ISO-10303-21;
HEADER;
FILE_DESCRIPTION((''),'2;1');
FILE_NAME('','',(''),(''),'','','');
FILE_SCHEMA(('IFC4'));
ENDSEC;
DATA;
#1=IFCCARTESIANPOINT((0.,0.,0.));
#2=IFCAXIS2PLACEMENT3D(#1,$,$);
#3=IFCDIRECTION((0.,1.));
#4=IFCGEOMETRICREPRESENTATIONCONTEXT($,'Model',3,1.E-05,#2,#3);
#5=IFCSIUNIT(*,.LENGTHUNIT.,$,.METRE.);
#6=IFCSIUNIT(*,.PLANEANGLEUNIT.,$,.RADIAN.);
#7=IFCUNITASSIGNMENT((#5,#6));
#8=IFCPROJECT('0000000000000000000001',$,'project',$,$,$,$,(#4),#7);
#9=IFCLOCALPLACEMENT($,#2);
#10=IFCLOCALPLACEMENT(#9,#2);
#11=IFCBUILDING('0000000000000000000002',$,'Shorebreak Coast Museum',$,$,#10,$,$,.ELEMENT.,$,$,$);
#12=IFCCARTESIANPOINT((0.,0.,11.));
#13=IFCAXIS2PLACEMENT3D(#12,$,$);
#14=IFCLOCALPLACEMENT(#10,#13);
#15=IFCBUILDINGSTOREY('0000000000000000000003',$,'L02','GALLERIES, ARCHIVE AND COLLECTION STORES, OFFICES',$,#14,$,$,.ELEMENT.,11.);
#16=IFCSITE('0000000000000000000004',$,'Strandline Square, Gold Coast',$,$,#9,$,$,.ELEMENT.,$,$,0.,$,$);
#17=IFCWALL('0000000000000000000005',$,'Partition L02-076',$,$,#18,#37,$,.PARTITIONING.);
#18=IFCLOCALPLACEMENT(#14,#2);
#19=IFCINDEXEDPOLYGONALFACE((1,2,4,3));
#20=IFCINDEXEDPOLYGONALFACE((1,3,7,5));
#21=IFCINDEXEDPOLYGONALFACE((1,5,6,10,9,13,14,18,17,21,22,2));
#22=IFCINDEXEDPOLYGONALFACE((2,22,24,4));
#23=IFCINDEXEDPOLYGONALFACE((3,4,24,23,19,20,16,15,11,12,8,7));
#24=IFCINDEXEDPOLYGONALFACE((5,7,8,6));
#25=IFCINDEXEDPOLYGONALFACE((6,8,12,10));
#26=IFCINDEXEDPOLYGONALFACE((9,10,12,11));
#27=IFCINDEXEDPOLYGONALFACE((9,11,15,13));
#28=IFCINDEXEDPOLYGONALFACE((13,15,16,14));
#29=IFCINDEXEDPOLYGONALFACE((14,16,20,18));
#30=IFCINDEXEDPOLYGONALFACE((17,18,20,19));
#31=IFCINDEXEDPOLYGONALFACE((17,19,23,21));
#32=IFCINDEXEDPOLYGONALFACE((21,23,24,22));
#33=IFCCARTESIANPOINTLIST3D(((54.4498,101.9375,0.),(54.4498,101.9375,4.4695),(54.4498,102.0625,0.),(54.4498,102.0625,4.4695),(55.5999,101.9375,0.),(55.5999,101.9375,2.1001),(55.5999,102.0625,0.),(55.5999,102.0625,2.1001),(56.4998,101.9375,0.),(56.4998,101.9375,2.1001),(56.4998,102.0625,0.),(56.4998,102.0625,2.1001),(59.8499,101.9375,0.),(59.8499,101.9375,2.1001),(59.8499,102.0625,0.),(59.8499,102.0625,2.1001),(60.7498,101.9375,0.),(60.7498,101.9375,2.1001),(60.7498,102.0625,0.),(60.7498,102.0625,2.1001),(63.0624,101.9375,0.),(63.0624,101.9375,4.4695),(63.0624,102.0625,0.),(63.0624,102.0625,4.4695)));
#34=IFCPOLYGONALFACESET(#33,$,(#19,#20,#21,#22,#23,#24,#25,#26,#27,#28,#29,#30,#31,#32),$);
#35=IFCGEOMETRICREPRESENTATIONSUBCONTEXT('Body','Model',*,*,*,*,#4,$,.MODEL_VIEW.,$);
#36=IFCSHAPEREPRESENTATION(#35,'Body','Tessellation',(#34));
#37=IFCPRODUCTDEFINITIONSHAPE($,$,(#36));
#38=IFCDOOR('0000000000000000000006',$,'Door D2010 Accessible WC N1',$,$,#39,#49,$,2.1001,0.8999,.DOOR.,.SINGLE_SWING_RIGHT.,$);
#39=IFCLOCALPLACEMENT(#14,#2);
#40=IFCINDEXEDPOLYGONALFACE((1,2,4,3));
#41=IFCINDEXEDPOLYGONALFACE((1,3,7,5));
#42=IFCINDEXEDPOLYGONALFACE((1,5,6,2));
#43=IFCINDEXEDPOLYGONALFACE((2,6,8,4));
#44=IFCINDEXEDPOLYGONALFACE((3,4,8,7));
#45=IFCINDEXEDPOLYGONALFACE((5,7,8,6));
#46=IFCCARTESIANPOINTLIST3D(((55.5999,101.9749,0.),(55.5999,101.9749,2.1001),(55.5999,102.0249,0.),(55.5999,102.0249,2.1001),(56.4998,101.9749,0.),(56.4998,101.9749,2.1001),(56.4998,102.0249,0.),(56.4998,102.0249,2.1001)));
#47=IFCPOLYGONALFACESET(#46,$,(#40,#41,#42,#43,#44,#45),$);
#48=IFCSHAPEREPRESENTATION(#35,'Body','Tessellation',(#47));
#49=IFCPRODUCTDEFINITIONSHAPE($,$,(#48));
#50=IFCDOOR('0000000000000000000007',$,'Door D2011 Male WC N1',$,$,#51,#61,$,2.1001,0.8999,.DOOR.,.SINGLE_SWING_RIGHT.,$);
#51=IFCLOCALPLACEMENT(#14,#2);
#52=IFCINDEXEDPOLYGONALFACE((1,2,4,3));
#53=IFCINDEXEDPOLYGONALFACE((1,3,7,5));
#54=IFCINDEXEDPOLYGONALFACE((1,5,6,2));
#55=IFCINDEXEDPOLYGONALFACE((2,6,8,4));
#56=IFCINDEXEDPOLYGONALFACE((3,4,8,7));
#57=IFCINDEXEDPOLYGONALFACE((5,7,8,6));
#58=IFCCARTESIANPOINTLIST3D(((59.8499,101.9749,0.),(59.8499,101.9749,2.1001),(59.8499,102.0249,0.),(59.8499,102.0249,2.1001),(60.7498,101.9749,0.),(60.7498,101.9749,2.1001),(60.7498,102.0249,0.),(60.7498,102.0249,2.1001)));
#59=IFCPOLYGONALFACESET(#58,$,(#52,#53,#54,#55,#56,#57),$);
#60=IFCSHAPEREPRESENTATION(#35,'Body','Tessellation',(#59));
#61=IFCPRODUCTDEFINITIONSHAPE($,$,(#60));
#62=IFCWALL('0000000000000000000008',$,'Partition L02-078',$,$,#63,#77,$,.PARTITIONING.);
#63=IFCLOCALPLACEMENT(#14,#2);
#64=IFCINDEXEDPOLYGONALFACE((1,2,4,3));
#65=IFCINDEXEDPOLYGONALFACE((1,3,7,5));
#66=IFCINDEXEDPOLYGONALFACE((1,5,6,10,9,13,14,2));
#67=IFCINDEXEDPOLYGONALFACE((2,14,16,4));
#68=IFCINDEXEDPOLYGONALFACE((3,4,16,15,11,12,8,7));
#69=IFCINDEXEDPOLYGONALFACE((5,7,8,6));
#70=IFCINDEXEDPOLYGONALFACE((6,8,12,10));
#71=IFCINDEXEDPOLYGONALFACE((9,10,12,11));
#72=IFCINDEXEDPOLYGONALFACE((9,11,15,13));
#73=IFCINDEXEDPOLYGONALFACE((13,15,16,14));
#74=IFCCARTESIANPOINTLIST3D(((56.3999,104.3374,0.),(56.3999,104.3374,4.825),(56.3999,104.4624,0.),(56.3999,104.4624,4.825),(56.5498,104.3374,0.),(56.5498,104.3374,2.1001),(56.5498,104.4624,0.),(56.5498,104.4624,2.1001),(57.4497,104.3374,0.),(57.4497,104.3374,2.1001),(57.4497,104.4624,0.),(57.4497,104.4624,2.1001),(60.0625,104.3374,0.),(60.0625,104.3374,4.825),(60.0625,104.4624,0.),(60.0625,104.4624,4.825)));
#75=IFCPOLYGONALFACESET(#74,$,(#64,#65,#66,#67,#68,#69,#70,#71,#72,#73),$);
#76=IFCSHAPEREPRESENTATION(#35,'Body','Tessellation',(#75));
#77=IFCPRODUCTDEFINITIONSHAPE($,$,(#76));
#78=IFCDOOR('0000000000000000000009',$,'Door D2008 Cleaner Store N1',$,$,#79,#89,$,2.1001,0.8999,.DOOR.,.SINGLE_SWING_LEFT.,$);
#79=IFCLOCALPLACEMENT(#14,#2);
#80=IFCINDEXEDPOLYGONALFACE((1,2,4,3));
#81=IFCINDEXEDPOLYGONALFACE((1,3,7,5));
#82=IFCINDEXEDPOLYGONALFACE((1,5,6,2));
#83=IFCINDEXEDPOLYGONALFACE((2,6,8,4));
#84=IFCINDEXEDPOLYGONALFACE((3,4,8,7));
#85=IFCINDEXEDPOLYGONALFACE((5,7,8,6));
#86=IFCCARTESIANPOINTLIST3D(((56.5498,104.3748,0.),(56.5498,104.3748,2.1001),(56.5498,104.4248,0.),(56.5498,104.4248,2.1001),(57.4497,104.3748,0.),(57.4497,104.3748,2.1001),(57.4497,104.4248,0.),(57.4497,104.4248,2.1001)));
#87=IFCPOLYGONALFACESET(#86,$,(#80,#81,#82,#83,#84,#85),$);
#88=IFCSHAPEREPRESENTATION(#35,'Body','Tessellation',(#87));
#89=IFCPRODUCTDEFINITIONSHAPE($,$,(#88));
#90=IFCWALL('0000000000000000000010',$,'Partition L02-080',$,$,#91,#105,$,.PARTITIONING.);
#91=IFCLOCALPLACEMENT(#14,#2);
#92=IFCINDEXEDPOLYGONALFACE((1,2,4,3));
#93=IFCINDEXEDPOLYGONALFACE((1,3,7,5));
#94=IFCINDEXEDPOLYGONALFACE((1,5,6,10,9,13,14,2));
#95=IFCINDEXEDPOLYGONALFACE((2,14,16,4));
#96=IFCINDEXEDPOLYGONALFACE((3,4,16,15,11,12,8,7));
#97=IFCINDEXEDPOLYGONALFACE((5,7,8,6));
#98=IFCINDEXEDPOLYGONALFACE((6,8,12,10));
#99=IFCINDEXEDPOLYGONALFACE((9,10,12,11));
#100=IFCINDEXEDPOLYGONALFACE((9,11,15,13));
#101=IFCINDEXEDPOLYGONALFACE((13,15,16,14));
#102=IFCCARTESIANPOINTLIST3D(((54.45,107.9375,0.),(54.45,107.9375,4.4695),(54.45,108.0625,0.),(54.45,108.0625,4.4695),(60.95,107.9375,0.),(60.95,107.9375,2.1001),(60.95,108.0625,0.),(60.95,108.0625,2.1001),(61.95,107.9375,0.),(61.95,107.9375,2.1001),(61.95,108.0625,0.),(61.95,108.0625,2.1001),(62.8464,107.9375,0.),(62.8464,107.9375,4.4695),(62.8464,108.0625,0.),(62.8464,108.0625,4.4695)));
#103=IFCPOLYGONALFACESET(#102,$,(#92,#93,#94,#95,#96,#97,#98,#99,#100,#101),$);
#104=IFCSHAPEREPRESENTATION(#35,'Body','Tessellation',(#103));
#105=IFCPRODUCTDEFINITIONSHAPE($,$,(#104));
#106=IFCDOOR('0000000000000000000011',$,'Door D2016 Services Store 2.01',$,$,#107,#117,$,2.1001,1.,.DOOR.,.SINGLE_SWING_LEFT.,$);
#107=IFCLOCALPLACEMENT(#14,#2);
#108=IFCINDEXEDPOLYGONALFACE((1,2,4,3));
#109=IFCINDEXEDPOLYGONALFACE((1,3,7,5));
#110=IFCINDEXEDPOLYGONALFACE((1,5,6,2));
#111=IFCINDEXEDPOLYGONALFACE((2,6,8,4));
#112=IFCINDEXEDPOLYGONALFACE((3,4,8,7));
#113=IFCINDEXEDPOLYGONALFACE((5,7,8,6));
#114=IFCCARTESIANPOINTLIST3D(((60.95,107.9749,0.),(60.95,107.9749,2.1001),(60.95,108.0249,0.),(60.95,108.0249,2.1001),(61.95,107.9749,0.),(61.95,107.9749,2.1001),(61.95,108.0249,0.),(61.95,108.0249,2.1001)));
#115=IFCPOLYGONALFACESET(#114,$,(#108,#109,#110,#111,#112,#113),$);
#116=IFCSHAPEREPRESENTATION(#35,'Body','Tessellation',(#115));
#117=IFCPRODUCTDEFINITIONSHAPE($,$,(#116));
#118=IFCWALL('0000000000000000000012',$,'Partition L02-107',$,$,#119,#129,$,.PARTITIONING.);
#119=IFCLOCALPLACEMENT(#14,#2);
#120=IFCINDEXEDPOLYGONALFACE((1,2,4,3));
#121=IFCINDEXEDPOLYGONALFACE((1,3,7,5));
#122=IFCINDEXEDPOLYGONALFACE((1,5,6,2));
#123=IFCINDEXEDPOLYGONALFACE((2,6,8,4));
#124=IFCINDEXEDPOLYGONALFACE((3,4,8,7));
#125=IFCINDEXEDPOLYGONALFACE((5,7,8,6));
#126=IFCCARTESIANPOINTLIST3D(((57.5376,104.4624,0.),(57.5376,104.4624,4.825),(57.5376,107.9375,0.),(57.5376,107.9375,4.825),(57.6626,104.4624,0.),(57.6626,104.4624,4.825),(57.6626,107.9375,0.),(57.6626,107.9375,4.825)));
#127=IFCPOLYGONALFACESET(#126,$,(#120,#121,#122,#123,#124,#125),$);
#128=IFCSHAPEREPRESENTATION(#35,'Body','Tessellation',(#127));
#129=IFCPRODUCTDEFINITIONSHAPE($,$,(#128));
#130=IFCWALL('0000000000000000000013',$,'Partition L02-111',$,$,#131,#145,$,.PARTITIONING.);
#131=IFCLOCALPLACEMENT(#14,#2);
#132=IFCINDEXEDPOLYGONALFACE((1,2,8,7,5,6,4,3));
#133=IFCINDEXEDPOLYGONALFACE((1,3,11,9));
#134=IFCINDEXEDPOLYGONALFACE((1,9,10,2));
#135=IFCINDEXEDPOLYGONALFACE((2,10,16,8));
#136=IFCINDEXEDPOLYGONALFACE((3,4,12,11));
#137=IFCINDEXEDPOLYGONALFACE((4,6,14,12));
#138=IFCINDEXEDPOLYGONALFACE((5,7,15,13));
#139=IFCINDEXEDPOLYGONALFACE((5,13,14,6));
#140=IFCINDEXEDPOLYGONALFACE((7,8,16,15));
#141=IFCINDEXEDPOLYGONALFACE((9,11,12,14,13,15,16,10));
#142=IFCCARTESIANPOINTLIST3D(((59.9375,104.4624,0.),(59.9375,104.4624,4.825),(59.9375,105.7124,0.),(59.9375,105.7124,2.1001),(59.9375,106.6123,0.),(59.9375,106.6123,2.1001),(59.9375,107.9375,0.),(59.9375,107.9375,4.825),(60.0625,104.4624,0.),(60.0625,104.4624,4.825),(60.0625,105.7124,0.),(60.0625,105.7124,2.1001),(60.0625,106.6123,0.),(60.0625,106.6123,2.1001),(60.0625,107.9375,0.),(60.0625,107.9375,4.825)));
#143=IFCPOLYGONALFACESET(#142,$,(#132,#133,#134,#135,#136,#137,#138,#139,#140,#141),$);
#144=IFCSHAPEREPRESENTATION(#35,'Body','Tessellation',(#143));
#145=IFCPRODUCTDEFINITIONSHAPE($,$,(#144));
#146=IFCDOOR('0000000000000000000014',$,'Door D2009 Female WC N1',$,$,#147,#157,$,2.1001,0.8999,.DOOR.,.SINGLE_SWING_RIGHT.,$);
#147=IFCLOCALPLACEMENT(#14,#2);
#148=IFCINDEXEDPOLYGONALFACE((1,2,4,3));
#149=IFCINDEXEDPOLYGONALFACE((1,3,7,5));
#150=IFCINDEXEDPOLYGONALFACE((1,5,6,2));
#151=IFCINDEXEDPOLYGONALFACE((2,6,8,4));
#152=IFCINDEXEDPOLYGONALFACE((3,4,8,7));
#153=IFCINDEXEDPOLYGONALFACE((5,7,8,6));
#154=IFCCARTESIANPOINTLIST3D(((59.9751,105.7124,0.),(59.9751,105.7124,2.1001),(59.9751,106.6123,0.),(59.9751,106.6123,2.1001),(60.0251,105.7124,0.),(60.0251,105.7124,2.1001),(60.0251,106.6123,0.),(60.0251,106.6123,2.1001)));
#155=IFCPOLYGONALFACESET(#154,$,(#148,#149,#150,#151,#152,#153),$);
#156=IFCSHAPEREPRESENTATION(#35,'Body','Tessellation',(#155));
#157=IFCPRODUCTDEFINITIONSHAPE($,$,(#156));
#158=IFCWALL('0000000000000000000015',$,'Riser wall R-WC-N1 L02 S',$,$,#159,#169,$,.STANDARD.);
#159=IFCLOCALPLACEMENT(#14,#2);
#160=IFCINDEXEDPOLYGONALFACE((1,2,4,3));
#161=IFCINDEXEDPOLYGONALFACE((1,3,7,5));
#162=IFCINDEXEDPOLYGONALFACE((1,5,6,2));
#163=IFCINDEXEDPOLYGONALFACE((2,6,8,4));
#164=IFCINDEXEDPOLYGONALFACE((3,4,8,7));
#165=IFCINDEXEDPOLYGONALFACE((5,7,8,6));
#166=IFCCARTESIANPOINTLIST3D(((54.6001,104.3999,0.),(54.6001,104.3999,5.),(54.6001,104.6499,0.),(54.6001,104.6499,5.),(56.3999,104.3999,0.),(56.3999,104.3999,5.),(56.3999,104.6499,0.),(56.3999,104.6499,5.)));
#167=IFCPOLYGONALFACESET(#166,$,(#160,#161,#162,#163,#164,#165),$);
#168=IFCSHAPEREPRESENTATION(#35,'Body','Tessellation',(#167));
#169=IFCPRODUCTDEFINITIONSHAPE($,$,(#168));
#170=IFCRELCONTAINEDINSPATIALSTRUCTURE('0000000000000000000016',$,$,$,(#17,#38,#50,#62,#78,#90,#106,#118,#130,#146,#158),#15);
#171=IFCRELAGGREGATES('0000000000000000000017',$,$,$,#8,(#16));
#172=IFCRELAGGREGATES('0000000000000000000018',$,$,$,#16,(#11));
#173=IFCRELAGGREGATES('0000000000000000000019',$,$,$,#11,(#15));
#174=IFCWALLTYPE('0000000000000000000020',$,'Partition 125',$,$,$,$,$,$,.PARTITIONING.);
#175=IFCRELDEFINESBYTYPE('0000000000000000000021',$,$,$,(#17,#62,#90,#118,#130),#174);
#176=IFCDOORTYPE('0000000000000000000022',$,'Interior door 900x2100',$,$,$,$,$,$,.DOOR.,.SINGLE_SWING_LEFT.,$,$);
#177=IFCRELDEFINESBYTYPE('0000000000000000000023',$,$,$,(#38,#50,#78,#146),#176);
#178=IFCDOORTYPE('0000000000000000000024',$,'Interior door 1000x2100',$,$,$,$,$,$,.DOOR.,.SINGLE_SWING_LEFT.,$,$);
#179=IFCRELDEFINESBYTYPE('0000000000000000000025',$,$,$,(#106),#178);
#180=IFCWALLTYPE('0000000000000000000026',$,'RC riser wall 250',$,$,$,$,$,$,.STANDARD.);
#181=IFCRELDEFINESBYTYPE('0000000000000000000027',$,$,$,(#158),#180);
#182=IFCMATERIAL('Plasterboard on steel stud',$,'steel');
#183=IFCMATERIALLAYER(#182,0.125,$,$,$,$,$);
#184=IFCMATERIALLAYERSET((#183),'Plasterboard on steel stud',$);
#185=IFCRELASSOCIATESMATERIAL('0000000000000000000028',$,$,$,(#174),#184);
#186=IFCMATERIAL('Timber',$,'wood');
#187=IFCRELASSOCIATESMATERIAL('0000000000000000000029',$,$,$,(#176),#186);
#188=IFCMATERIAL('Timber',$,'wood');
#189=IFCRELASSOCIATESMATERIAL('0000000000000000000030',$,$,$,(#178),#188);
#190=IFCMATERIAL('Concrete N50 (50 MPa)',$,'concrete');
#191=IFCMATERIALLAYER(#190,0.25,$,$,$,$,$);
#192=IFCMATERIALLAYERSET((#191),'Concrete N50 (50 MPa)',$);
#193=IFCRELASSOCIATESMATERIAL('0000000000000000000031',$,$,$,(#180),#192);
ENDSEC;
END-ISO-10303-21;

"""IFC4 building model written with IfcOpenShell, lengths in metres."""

from ifc_helpers import new_model, si_unit, direction, frame, frame_2d, origin, place, context, subcontext, project, spatial, rectangle, extrude, material, layer, layer_set, type_object, element, fill, save


model = new_model("IFC4")

# Units and contexts
model_context = context("Model", 3, precision=1e-05, world=origin(), true_north=direction((0.0, 1.0)))
body_context = subcontext(model_context, "Body", "Model", "MODEL_VIEW")
ifc_project = project(units=[si_unit("LENGTHUNIT", "METRE"), si_unit("PLANEANGLEUNIT", "RADIAN")], contexts=[model_context])

# Site, building, storey
site_placement = place(None, origin())
site = spatial("IfcSite", under=ifc_project, at=site_placement, Name="Strandline Square, Gold Coast", CompositionType="ELEMENT", RefElevation=0.0)
building_placement = place(site_placement, origin())
building = spatial("IfcBuilding", under=site, at=building_placement, Name="Shorebreak Coast Museum", CompositionType="ELEMENT")
storey_placement = place(building_placement, frame((0.0, 0.0, 11.0)))
storey = spatial("IfcBuildingStorey", under=building, at=storey_placement, Name="L02", Description="GALLERIES, ARCHIVE AND COLLECTION STORES, OFFICES", CompositionType="ELEMENT", Elevation=11.0)

# Wall, openings, doors
ifc_material_1 = material(Name="Plasterboard on steel stud", Category="steel")
ifc_layer_1 = layer(ifc_material_1, 0.125)
ifc_layer_set_1 = layer_set([ifc_layer_1], Name="Plasterboard on steel stud")
wall_type_1 = type_object("IfcWallType", Name="Partition 125", PredefinedType="PARTITIONING", material=ifc_layer_set_1)
wall_1_placement = place(storey_placement, frame((54.45, 102.0, 0.0), z_axis=(0.0, 0.0, 1.0), x_axis=(1.0, 0.0, 0.0)))
wall_1 = element("IfcWall", 1, at=wall_1_placement, inside=storey, type_object=wall_type_1, Name="Partition L02-076", PredefinedType="PARTITIONING", context=body_context, shape_type="SweptSolid", body=[
    extrude(rectangle(XDim=8.6125, YDim=0.125, at=frame_2d((4.3062, 0.0))), origin(), (0.0, 0.0, 1.0), 4.4695),
])
opening_1_placement = place(wall_1_placement, frame((1.1499, 0.0, 0.0)))
opening_1 = element("IfcOpeningElement", 2, at=opening_1_placement, cuts=wall_1, PredefinedType="OPENING", context=body_context, shape_type="SweptSolid", body=[
    extrude(rectangle(XDim=0.8999, YDim=2.1001, at=frame_2d((0.45, 1.05))), frame((0.0, 0.0725, 0.0), z_axis=(0.0, -1.0, 0.0), x_axis=(1.0, 0.0, 0.0)), (0.0, 0.0, 1.0), 0.145),
])
opening_2_placement = place(wall_1_placement, frame((5.3999, 0.0, 0.0)))
opening_2 = element("IfcOpeningElement", 3, at=opening_2_placement, cuts=wall_1, PredefinedType="OPENING", context=body_context, shape_type="SweptSolid", body=[
    extrude(rectangle(XDim=0.8999, YDim=2.1001, at=frame_2d((0.45, 1.05))), frame((0.0, 0.0725, 0.0), z_axis=(0.0, -1.0, 0.0), x_axis=(1.0, 0.0, 0.0)), (0.0, 0.0, 1.0), 0.145),
])
ifc_material_2 = material(Name="Timber", Category="wood")
door_type_1 = type_object("IfcDoorType", Name="Interior door 900x2100", OperationType="SINGLE_SWING_LEFT", PredefinedType="DOOR", material=ifc_material_2)
door_1_placement = place(opening_1_placement, origin())
door_1 = element("IfcDoor", 4, at=door_1_placement, inside=storey, type_object=door_type_1, Name="Door D2010 Accessible WC N1", OperationType="SINGLE_SWING_RIGHT", OverallHeight=2.1001, OverallWidth=0.8999, PredefinedType="DOOR", context=body_context, shape_type="SweptSolid", body=[
    extrude(rectangle(XDim=0.8999, YDim=2.1001, at=frame_2d((0.45, 1.05))), frame((0.0, 0.0249, 0.0), z_axis=(0.0, -1.0, 0.0), x_axis=(1.0, 0.0, 0.0)), (0.0, 0.0, 1.0), 0.05),
])
fill(opening_1, door_1)
door_2_placement = place(opening_2_placement, origin())
door_2 = element("IfcDoor", 5, at=door_2_placement, inside=storey, type_object=door_type_1, Name="Door D2011 Male WC N1", OperationType="SINGLE_SWING_RIGHT", OverallHeight=2.1001, OverallWidth=0.8999, PredefinedType="DOOR", context=body_context, shape_type="SweptSolid", body=[
    extrude(rectangle(XDim=0.8999, YDim=2.1001, at=frame_2d((0.45, 1.05))), frame((0.0, 0.0249, 0.0), z_axis=(0.0, -1.0, 0.0), x_axis=(1.0, 0.0, 0.0)), (0.0, 0.0, 1.0), 0.05),
])
fill(opening_2, door_2)

# Walls, openings, doors
wall_2_placement = place(storey_placement, frame((56.3999, 104.3999, 0.0), z_axis=(0.0, 0.0, 1.0), x_axis=(1.0, 0.0, 0.0)))
wall_2 = element("IfcWall", 6, at=wall_2_placement, inside=storey, type_object=wall_type_1, Name="Partition L02-078", PredefinedType="PARTITIONING", context=body_context, shape_type="SweptSolid", body=[
    extrude(rectangle(XDim=3.6626, YDim=0.125, at=frame_2d((1.8313, 0.0))), origin(), (0.0, 0.0, 1.0), 4.825),
])
opening_3_placement = place(wall_2_placement, frame((0.1499, 0.0, 0.0)))
opening_3 = element("IfcOpeningElement", 7, at=opening_3_placement, cuts=wall_2, PredefinedType="OPENING", context=body_context, shape_type="SweptSolid", body=[
    extrude(rectangle(XDim=0.8999, YDim=2.1001, at=frame_2d((0.45, 1.05))), frame((0.0, 0.0725, 0.0), z_axis=(0.0, -1.0, 0.0), x_axis=(1.0, 0.0, 0.0)), (0.0, 0.0, 1.0), 0.145),
])
door_3_placement = place(opening_3_placement, origin())
door_3 = element("IfcDoor", 8, at=door_3_placement, inside=storey, type_object=door_type_1, Name="Door D2008 Cleaner Store N1", OperationType="SINGLE_SWING_LEFT", OverallHeight=2.1001, OverallWidth=0.8999, PredefinedType="DOOR", context=body_context, shape_type="SweptSolid", body=[
    extrude(rectangle(XDim=0.8999, YDim=2.1001, at=frame_2d((0.45, 1.05))), frame((0.0, 0.0249, 0.0), z_axis=(0.0, -1.0, 0.0), x_axis=(1.0, 0.0, 0.0)), (0.0, 0.0, 1.0), 0.05),
])
fill(opening_3, door_3)
wall_3_placement = place(storey_placement, frame((54.45, 108.0, 0.0), z_axis=(0.0, 0.0, 1.0), x_axis=(1.0, 0.0, 0.0)))
wall_3 = element("IfcWall", 9, at=wall_3_placement, inside=storey, type_object=wall_type_1, Name="Partition L02-080", PredefinedType="PARTITIONING", context=body_context, shape_type="SweptSolid", body=[
    extrude(rectangle(XDim=8.3965, YDim=0.125, at=frame_2d((4.1982, 0.0))), origin(), (0.0, 0.0, 1.0), 4.4695),
])
opening_4_placement = place(wall_3_placement, frame((6.5, 0.0, 0.0)))
opening_4 = element("IfcOpeningElement", 10, at=opening_4_placement, cuts=wall_3, PredefinedType="OPENING", context=body_context, shape_type="SweptSolid", body=[
    extrude(rectangle(XDim=1.0, YDim=2.1001, at=frame_2d((0.5, 1.05))), frame((0.0, 0.0725, 0.0), z_axis=(0.0, -1.0, 0.0), x_axis=(1.0, 0.0, 0.0)), (0.0, 0.0, 1.0), 0.145),
])
ifc_material_3 = material(Name="Timber", Category="wood")
door_type_2 = type_object("IfcDoorType", Name="Interior door 1000x2100", OperationType="SINGLE_SWING_LEFT", PredefinedType="DOOR", material=ifc_material_3)
door_4_placement = place(opening_4_placement, origin())
door_4 = element("IfcDoor", 11, at=door_4_placement, inside=storey, type_object=door_type_2, Name="Door D2016 Services Store 2.01", OperationType="SINGLE_SWING_LEFT", OverallHeight=2.1001, OverallWidth=1.0, PredefinedType="DOOR", context=body_context, shape_type="SweptSolid", body=[
    extrude(rectangle(XDim=1.0, YDim=2.1001, at=frame_2d((0.5, 1.05))), frame((0.0, 0.0249, 0.0), z_axis=(0.0, -1.0, 0.0), x_axis=(1.0, 0.0, 0.0)), (0.0, 0.0, 1.0), 0.05),
])
fill(opening_4, door_4)

# Wall
wall_4_placement = place(storey_placement, frame((57.6001, 104.4624, 0.0), z_axis=(0.0, 0.0, 1.0), x_axis=(0.0, 1.0, 0.0)))
element("IfcWall", 12, at=wall_4_placement, inside=storey, type_object=wall_type_1, Name="Partition L02-107", PredefinedType="PARTITIONING", context=body_context, shape_type="SweptSolid", body=[
    extrude(rectangle(XDim=3.4751, YDim=0.125, at=frame_2d((1.7375, 0.0))), origin(), (0.0, 0.0, 1.0), 4.825),
])

# Wall, opening, door
wall_5_placement = place(storey_placement, frame((60.0, 104.4624, 0.0), z_axis=(0.0, 0.0, 1.0), x_axis=(0.0, 1.0, 0.0)))
wall_5 = element("IfcWall", 13, at=wall_5_placement, inside=storey, type_object=wall_type_1, Name="Partition L02-111", PredefinedType="PARTITIONING", context=body_context, shape_type="SweptSolid", body=[
    extrude(rectangle(XDim=3.4751, YDim=0.125, at=frame_2d((1.7375, 0.0))), origin(), (0.0, 0.0, 1.0), 4.825),
])
opening_5_placement = place(wall_5_placement, frame((1.25, 0.0, 0.0)))
opening_5 = element("IfcOpeningElement", 14, at=opening_5_placement, cuts=wall_5, PredefinedType="OPENING", context=body_context, shape_type="SweptSolid", body=[
    extrude(rectangle(XDim=0.8999, YDim=2.1001, at=frame_2d((0.45, 1.05))), frame((0.0, 0.0725, 0.0), z_axis=(0.0, -1.0, 0.0), x_axis=(1.0, 0.0, 0.0)), (0.0, 0.0, 1.0), 0.145),
])
door_5_placement = place(opening_5_placement, origin())
door_5 = element("IfcDoor", 15, at=door_5_placement, inside=storey, type_object=door_type_1, Name="Door D2009 Female WC N1", OperationType="SINGLE_SWING_RIGHT", OverallHeight=2.1001, OverallWidth=0.8999, PredefinedType="DOOR", context=body_context, shape_type="SweptSolid", body=[
    extrude(rectangle(XDim=0.8999, YDim=2.1001, at=frame_2d((0.45, 1.05))), frame((0.0, 0.0249, 0.0), z_axis=(0.0, -1.0, 0.0), x_axis=(1.0, 0.0, 0.0)), (0.0, 0.0, 1.0), 0.05),
])
fill(opening_5, door_5)

# Wall
ifc_material_4 = material(Name="Concrete N50 (50 MPa)", Category="concrete")
ifc_layer_2 = layer(ifc_material_4, 0.25)
ifc_layer_set_2 = layer_set([ifc_layer_2], Name="Concrete N50 (50 MPa)")
wall_type_2 = type_object("IfcWallType", Name="RC riser wall 250", PredefinedType="STANDARD", material=ifc_layer_set_2)
for number, where, z_axis, x_axis, name in (
    (16, (54.6001, 104.5249, 0.0), (0.0, 0.0, 1.0), (1.0, 0.0, 0.0), "Riser wall R-WC-N1 L02 S"),
):
    element("IfcWall", number, at=place(storey_placement, frame(where, z_axis=z_axis, x_axis=x_axis)), inside=storey, type_object=wall_type_2, Name=name, PredefinedType="STANDARD", context=body_context, shape_type="SweptSolid", body=[
        extrude(rectangle(XDim=1.7998, YDim=0.25, at=frame_2d((0.8999, 0.0))), origin(), (0.0, 0.0, 1.0), 5.0),
    ])

save(model, "model.ifc")
